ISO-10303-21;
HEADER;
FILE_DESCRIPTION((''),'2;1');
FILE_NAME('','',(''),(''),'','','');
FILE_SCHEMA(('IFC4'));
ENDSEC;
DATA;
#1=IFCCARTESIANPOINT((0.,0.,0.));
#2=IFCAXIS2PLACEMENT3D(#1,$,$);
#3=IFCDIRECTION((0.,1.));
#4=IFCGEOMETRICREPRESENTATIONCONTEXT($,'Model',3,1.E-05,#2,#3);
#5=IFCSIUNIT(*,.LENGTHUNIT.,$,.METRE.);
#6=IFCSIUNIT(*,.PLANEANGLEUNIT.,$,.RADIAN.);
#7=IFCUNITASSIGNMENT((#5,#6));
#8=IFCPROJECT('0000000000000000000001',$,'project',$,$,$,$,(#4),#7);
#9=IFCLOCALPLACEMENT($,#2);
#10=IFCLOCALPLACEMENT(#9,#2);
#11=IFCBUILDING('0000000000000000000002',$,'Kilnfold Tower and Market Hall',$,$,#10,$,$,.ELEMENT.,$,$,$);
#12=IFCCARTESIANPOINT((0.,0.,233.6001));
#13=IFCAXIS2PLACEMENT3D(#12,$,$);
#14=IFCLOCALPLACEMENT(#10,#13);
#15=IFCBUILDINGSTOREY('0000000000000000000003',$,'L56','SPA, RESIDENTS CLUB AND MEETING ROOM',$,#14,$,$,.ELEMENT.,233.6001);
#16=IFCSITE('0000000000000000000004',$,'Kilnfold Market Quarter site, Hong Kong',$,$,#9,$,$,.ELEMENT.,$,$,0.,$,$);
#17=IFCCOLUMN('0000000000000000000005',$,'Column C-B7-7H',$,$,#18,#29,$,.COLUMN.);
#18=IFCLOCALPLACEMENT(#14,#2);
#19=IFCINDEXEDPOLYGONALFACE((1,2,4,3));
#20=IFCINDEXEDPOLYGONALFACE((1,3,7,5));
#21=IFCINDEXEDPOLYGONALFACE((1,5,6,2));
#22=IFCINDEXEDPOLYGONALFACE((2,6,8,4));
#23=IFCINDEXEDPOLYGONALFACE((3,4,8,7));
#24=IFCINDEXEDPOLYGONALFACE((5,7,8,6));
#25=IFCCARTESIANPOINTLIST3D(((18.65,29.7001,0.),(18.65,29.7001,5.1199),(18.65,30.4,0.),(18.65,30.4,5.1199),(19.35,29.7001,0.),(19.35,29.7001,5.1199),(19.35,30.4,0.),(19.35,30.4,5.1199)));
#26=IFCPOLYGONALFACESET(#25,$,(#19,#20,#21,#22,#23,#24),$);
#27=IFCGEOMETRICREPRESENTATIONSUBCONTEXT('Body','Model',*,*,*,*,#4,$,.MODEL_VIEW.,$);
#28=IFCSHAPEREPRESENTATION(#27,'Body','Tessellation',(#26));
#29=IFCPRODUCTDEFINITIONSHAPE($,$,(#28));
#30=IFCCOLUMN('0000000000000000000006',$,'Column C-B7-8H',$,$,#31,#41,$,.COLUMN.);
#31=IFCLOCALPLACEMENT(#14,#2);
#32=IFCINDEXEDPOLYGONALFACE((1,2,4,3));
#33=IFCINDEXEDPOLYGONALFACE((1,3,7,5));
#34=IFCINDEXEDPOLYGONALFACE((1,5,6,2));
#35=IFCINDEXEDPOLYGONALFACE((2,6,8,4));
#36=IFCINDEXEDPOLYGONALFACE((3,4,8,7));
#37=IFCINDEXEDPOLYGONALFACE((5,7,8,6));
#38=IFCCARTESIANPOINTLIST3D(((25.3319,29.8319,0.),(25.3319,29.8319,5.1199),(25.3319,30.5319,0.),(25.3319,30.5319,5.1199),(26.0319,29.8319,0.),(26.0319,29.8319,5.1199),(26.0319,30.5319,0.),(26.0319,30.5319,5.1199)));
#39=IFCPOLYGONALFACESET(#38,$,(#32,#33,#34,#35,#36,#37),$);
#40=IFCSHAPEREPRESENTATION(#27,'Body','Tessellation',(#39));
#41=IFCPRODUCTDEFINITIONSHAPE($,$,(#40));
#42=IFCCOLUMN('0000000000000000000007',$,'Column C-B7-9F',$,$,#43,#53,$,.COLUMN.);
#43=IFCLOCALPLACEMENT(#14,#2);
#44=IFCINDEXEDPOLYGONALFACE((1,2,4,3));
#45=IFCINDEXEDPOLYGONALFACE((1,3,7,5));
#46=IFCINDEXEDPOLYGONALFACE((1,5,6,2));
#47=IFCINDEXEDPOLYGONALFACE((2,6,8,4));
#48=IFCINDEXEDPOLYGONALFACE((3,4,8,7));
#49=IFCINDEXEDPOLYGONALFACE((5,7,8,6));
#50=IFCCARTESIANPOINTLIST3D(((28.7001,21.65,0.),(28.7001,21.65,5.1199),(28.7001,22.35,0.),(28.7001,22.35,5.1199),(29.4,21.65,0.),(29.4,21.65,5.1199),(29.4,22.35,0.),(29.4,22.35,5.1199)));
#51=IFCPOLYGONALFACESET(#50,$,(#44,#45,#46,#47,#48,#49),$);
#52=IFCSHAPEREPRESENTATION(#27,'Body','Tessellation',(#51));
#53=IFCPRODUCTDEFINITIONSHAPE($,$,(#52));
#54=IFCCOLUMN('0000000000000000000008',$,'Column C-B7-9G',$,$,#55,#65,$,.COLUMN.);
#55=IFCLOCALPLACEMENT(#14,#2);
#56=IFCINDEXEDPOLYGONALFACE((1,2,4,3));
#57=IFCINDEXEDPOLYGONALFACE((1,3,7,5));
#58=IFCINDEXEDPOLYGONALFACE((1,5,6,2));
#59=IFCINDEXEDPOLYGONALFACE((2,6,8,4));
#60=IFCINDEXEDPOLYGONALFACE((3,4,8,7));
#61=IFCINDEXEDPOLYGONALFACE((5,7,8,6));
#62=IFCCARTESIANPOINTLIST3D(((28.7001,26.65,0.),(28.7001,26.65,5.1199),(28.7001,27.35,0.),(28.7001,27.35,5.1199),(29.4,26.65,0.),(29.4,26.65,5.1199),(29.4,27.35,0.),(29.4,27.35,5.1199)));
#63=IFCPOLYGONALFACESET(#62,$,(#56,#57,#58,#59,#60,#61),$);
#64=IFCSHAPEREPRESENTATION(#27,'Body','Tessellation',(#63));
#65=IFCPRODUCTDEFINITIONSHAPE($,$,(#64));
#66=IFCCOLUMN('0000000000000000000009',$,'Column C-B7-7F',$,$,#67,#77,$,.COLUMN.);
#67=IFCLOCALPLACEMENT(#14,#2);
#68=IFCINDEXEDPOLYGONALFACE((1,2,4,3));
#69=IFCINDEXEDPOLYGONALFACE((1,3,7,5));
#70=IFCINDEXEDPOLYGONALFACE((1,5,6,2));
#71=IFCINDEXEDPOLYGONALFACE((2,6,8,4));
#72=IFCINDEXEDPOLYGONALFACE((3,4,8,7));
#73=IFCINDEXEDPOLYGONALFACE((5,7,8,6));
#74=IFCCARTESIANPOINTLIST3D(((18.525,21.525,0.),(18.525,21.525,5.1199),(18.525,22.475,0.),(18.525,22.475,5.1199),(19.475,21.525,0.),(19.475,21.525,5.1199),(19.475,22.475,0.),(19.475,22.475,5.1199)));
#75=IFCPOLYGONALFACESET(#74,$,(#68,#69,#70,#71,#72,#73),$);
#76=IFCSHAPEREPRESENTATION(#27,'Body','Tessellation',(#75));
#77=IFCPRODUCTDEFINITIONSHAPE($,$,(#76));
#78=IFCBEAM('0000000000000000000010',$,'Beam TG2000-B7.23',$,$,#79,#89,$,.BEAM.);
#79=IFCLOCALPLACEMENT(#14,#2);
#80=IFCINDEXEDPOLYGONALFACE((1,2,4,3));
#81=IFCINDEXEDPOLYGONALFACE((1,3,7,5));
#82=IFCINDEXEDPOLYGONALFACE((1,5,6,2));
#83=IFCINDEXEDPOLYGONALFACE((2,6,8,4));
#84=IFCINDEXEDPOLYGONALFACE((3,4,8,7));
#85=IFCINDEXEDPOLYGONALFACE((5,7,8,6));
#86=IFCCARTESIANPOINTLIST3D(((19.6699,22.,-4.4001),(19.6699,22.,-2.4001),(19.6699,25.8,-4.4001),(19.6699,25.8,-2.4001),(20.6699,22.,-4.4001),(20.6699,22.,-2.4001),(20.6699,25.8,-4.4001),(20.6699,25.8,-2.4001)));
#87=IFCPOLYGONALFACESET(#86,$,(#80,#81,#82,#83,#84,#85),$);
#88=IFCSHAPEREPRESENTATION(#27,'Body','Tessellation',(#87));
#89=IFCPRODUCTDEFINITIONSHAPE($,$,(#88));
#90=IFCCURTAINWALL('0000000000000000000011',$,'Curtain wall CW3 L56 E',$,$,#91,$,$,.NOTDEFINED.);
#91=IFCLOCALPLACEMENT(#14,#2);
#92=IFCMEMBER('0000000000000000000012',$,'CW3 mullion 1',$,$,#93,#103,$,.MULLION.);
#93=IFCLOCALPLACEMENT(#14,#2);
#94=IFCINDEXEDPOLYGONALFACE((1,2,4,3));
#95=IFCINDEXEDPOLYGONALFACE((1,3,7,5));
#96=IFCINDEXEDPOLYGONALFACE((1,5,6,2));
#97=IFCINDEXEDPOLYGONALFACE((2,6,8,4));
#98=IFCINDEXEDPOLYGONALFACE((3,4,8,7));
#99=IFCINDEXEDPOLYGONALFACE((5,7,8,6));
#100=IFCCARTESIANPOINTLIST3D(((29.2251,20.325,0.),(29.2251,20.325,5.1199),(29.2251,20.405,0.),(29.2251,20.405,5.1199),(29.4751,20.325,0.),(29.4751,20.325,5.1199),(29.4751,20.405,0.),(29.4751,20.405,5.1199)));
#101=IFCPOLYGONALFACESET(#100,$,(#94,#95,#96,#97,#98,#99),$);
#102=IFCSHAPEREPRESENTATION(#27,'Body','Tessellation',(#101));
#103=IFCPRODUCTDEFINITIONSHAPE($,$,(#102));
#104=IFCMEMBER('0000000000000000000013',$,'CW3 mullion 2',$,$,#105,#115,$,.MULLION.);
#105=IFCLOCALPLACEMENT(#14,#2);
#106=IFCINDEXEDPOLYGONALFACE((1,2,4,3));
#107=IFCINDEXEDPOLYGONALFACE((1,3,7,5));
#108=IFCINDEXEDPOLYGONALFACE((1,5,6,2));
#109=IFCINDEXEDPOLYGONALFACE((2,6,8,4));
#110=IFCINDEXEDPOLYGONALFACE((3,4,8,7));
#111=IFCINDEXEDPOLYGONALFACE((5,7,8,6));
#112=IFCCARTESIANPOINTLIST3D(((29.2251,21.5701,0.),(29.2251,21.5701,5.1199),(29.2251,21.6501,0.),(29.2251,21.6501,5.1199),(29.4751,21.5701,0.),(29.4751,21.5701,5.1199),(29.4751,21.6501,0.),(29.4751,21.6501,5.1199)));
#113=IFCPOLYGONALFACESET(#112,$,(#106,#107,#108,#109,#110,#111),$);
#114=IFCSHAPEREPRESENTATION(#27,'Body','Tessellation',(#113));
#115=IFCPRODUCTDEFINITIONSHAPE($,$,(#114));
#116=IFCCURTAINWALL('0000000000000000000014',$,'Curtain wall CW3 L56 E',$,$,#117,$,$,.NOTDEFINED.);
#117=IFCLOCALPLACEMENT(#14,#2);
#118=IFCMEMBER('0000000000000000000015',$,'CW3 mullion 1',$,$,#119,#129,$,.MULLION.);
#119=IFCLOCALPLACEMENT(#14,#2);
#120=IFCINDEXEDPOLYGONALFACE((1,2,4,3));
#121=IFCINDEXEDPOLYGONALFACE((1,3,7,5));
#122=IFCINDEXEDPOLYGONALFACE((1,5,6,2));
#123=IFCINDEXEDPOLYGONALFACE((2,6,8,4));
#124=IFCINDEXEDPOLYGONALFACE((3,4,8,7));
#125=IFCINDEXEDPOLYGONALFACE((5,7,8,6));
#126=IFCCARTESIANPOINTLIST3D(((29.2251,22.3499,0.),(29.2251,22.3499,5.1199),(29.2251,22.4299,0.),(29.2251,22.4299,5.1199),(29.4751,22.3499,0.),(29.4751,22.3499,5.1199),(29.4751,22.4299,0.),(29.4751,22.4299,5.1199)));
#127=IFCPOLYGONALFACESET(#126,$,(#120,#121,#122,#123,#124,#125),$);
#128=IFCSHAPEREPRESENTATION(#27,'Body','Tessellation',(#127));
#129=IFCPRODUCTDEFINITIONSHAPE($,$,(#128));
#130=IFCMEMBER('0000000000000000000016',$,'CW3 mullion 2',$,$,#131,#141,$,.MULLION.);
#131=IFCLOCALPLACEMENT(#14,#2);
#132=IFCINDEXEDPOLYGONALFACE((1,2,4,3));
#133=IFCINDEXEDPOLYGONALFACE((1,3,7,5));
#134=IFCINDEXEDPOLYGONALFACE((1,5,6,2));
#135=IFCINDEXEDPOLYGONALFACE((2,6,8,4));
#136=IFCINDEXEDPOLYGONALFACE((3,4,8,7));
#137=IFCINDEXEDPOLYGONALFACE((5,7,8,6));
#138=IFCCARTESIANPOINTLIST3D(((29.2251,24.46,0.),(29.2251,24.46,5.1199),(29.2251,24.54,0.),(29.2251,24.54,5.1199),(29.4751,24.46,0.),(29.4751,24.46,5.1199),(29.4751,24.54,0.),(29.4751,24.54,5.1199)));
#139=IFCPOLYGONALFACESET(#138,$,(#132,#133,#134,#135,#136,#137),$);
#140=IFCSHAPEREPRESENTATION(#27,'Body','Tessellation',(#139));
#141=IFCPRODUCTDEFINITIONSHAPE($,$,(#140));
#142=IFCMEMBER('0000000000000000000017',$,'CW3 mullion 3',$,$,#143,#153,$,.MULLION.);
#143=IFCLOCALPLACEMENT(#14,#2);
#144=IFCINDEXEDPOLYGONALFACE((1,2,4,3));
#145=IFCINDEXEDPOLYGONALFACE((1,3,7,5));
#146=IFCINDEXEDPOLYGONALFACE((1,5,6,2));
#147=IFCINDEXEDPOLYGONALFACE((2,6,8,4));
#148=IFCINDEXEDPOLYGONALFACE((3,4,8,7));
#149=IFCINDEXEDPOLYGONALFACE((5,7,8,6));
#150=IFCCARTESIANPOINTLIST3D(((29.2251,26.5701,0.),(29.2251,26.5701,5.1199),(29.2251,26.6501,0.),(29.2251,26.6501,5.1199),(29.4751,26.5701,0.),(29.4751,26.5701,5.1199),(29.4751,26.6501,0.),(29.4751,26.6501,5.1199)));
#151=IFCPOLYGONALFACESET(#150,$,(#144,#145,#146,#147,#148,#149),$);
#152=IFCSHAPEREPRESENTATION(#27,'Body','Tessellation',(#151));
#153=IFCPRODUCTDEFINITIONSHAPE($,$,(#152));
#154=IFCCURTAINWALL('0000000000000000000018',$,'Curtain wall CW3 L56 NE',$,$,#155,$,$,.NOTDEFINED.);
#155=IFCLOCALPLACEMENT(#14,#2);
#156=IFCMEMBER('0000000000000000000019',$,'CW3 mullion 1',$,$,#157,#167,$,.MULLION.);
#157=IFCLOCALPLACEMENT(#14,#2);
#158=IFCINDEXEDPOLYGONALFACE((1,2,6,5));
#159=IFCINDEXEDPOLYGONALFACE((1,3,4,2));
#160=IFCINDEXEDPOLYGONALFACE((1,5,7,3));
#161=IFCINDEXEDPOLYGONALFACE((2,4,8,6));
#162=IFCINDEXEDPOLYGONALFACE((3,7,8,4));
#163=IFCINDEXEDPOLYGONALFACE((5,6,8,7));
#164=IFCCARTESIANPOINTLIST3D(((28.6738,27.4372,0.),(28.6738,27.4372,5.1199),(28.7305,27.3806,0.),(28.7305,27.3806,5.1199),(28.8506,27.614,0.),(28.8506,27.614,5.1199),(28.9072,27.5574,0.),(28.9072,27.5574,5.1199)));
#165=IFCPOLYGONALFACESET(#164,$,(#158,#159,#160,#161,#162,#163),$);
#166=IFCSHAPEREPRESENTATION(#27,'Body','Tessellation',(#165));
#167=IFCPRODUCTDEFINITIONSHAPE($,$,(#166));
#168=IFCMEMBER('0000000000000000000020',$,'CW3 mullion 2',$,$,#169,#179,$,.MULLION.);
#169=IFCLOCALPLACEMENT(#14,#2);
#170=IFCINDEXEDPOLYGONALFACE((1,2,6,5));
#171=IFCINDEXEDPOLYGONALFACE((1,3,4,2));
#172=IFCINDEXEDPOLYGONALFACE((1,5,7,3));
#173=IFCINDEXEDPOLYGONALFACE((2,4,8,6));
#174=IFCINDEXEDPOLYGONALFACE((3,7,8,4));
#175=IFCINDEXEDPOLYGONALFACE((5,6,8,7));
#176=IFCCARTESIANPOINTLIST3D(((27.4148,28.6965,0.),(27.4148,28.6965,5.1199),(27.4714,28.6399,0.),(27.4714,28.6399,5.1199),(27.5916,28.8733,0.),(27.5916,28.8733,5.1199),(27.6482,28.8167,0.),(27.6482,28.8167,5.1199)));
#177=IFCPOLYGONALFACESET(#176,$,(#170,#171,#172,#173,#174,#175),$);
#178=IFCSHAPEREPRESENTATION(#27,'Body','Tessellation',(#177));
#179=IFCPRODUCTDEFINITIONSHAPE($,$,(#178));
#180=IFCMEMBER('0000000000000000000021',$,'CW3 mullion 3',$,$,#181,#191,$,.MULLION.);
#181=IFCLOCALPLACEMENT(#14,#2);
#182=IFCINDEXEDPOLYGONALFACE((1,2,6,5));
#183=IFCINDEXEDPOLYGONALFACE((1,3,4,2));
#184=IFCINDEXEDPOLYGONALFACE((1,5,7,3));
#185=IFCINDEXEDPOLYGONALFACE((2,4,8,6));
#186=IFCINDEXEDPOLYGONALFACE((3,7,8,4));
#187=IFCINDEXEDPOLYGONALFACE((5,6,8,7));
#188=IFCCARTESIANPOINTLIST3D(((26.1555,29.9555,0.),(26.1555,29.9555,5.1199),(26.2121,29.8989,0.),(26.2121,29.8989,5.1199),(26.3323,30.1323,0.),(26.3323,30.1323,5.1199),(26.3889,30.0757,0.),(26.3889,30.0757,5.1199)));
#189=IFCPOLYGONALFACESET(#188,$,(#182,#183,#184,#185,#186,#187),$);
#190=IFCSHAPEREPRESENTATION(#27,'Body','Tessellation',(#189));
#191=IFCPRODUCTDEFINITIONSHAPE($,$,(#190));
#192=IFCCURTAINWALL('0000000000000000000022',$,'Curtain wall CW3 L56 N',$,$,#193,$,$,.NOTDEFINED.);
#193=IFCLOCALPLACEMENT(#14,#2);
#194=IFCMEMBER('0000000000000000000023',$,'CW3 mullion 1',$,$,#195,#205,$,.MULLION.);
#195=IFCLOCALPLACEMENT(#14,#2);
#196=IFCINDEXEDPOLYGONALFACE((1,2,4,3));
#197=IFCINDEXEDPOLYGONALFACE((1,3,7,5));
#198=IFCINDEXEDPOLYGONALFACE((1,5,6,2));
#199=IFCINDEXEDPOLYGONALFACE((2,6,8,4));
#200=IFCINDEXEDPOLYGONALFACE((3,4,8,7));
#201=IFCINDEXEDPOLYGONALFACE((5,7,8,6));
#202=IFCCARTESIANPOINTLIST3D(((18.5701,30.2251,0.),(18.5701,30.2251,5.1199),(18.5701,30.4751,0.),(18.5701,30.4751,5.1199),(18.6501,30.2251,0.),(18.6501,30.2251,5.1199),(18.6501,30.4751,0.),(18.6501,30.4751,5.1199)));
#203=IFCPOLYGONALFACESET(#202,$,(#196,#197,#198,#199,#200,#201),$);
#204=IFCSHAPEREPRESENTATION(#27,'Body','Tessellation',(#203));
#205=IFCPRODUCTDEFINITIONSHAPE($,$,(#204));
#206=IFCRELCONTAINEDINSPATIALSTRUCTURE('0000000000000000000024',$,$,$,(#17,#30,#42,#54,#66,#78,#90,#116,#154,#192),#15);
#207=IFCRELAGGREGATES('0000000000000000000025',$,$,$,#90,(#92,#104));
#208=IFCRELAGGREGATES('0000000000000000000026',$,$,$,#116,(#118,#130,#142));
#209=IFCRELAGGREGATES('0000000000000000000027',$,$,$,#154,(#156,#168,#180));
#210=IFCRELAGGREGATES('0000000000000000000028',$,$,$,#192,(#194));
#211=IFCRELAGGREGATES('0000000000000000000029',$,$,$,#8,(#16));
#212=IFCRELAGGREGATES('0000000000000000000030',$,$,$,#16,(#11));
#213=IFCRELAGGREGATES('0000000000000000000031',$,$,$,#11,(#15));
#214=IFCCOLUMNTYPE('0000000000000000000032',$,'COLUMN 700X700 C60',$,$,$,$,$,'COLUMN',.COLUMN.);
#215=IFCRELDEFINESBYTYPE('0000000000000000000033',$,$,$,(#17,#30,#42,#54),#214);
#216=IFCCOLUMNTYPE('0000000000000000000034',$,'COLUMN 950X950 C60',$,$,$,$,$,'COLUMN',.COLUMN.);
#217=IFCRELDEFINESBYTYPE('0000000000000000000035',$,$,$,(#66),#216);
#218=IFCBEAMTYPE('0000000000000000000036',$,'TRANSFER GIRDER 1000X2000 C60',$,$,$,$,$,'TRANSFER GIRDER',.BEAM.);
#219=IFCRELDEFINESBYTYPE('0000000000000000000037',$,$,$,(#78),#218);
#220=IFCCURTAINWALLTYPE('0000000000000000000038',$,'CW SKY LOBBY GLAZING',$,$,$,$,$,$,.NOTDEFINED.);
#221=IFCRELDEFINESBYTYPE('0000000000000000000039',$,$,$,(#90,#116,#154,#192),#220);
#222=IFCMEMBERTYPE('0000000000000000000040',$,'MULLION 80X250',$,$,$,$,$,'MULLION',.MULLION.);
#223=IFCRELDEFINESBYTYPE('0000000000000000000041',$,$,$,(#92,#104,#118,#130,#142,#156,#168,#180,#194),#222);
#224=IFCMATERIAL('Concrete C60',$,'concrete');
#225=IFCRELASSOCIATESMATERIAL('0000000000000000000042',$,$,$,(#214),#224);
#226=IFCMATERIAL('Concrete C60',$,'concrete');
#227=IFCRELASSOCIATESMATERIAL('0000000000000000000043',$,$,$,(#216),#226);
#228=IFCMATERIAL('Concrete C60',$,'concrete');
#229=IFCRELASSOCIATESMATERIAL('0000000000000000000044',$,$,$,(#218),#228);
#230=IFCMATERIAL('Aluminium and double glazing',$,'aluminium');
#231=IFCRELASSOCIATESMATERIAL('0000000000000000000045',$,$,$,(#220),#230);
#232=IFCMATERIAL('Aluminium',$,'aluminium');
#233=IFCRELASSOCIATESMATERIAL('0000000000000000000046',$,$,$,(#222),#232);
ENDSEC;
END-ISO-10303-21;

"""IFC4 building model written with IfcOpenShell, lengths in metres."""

from ifc_helpers import new_model, si_unit, direction, frame, origin, origin_2d, place, context, subcontext, project, spatial, rectangle, extrude, source, transform, mapped, material, material_profile, profile_set, type_object, element, aggregate, save


model = new_model("IFC4")

# Units and contexts
model_context = context("Model", 3, precision=1e-05, world=origin(), true_north=direction((0.0, 1.0)))
body_context = subcontext(model_context, "Body", "Model", "MODEL_VIEW")
ifc_project = project(units=[si_unit("LENGTHUNIT", "METRE"), si_unit("PLANEANGLEUNIT", "RADIAN")], contexts=[model_context])

# Site, building, storey
site_placement = place(None, origin())
site = spatial("IfcSite", under=ifc_project, at=site_placement, Name="Kilnfold Market Quarter site, Hong Kong", CompositionType="ELEMENT", RefElevation=0.0)
building_placement = place(site_placement, origin())
building = spatial("IfcBuilding", under=site, at=building_placement, Name="Kilnfold Tower and Market Hall", CompositionType="ELEMENT")
storey_placement = place(building_placement, frame((0.0, 0.0, 233.6001)))
storey = spatial("IfcBuildingStorey", under=building, at=storey_placement, Name="L56", Description="SPA, RESIDENTS CLUB AND MEETING ROOM", CompositionType="ELEMENT", Elevation=233.6001)

# Columns
ifc_material_1 = material(Name="Concrete C60", Category="concrete")
ifc_material_profile_1 = material_profile(ifc_material_1, rectangle(XDim=0.7, YDim=0.7, at=origin_2d()), Name="RC 700x700")
ifc_profile_set_1 = profile_set([ifc_material_profile_1], Name="Concrete C60")
column_type_1 = type_object("IfcColumnType", Name="COLUMN 700X700 C60", ElementType="COLUMN", PredefinedType="COLUMN", material=ifc_profile_set_1)
shared_shape_1 = source(origin(), body_context, "Body", "SweptSolid", [
    extrude(rectangle(XDim=0.7, YDim=0.7, at=origin_2d()), origin(), (0.0, 0.0, 1.0), 5.1199),
])
for number, where, z_axis, x_axis, name in (
    (1, (19.0, 30.05, 0.0), (0.0, 0.0, 1.0), (1.0, 0.0, 0.0), "Column C-B7-7H"),
    (2, (25.6819, 30.1819, 0.0), (0.0, 0.0, 1.0), (1.0, 0.0, 0.0), "Column C-B7-8H"),
    (3, (29.05, 22.0, 0.0), (0.0, 0.0, 1.0), (1.0, 0.0, 0.0), "Column C-B7-9F"),
    (4, (29.05, 27.0, 0.0), (0.0, 0.0, 1.0), (1.0, 0.0, 0.0), "Column C-B7-9G"),
):
    element("IfcColumn", number, at=place(storey_placement, frame(where, z_axis=z_axis, x_axis=x_axis)), inside=storey, type_object=column_type_1, Name=name, PredefinedType="COLUMN", context=body_context, shape_type="MappedRepresentation", body=[
        mapped(shared_shape_1, transform((0.0, 0.0, 0.0))),
    ])
ifc_material_2 = material(Name="Concrete C60", Category="concrete")
ifc_material_profile_2 = material_profile(ifc_material_2, rectangle(XDim=0.95, YDim=0.95, at=origin_2d()), Name="RC 950x950")
ifc_profile_set_2 = profile_set([ifc_material_profile_2], Name="Concrete C60")
column_type_2 = type_object("IfcColumnType", Name="COLUMN 950X950 C60", ElementType="COLUMN", PredefinedType="COLUMN", material=ifc_profile_set_2)
shared_shape_2 = source(origin(), body_context, "Body", "SweptSolid", [
    extrude(rectangle(XDim=0.95, YDim=0.95, at=origin_2d()), origin(), (0.0, 0.0, 1.0), 5.1199),
])
column_placement = place(storey_placement, frame((19.0, 22.0, 0.0), z_axis=(0.0, 0.0, 1.0), x_axis=(1.0, 0.0, 0.0)))
element("IfcColumn", 5, at=column_placement, inside=storey, type_object=column_type_2, Name="Column C-B7-7F", PredefinedType="COLUMN", context=body_context, shape_type="MappedRepresentation", body=[
    mapped(shared_shape_2, transform((0.0, 0.0, 0.0))),
])

# Beam
ifc_material_3 = material(Name="Concrete C60", Category="concrete")
ifc_material_profile_3 = material_profile(ifc_material_3, rectangle(XDim=1.0, YDim=2.0, at=origin_2d()), Name="RC 1000x2000")
ifc_profile_set_3 = profile_set([ifc_material_profile_3], Name="Concrete C60")
beam_type = type_object("IfcBeamType", Name="TRANSFER GIRDER 1000X2000 C60", ElementType="TRANSFER GIRDER", PredefinedType="BEAM", material=ifc_profile_set_3)
shared_shape_3 = source(origin(), body_context, "Body", "SweptSolid", [
    extrude(rectangle(XDim=1.0, YDim=2.0, at=origin_2d()), origin(), (0.0, 0.0, 1.0), 3.8),
])
beam_placement = place(storey_placement, frame((20.1699, 22.0, -3.4001), z_axis=(0.0, 1.0, 0.0), x_axis=(-1.0, 0.0, 0.0)))
element("IfcBeam", 6, at=beam_placement, inside=storey, type_object=beam_type, Name="Beam TG2000-B7.23", PredefinedType="BEAM", context=body_context, shape_type="MappedRepresentation", body=[
    mapped(shared_shape_3, transform((0.0, 0.0, 0.0))),
])

# Curtain walls, members
ifc_material_4 = material(Name="Aluminium and double glazing", Category="aluminium")
curtain_wall_type = type_object("IfcCurtainWallType", Name="CW SKY LOBBY GLAZING", PredefinedType="NOTDEFINED", material=ifc_material_4)
curtain_wall_1_placement = place(storey_placement, origin())
curtain_wall_1 = element("IfcCurtainWall", 7, at=curtain_wall_1_placement, inside=storey, type_object=curtain_wall_type, Name="Curtain wall CW3 L56 E", PredefinedType="NOTDEFINED")
ifc_material_5 = material(Name="Aluminium", Category="aluminium")
ifc_material_profile_4 = material_profile(ifc_material_5, rectangle(XDim=0.0801, YDim=0.25, at=origin_2d()), Name="MULLION 80x250")
ifc_profile_set_4 = profile_set([ifc_material_profile_4], Name="Aluminium")
member_type_1 = type_object("IfcMemberType", Name="MULLION 80X250", ElementType="MULLION", PredefinedType="MULLION", material=ifc_profile_set_4)
shared_shape_4 = source(origin(), body_context, "Body", "SweptSolid", [
    extrude(rectangle(XDim=0.0801, YDim=0.25, at=origin_2d()), origin(), (0.0, 0.0, 1.0), 5.1199),
])
member_1_placement = place(storey_placement, frame((29.3501, 20.365, 0.0), z_axis=(0.0, 0.0, 1.0), x_axis=(0.0, 1.0, 0.0)))
member_1 = element("IfcMember", 8, at=member_1_placement, type_object=member_type_1, Name="CW3 mullion 1", PredefinedType="MULLION", context=body_context, shape_type="MappedRepresentation", body=[
    mapped(shared_shape_4, transform((0.0, 0.0, 0.0))),
])
member_2_placement = place(storey_placement, frame((29.3501, 21.6101, 0.0), z_axis=(0.0, 0.0, 1.0), x_axis=(0.0, 1.0, 0.0)))
member_2 = element("IfcMember", 9, at=member_2_placement, type_object=member_type_1, Name="CW3 mullion 2", PredefinedType="MULLION", context=body_context, shape_type="MappedRepresentation", body=[
    mapped(shared_shape_4, transform((0.0, 0.0, 0.0))),
])
curtain_wall_2_placement = place(storey_placement, origin())
curtain_wall_2 = element("IfcCurtainWall", 10, at=curtain_wall_2_placement, inside=storey, type_object=curtain_wall_type, Name="Curtain wall CW3 L56 E", PredefinedType="NOTDEFINED")
member_3_placement = place(storey_placement, frame((29.3501, 22.3899, 0.0), z_axis=(0.0, 0.0, 1.0), x_axis=(0.0, 1.0, 0.0)))
member_3 = element("IfcMember", 11, at=member_3_placement, type_object=member_type_1, Name="CW3 mullion 1", PredefinedType="MULLION", context=body_context, shape_type="MappedRepresentation", body=[
    mapped(shared_shape_4, transform((0.0, 0.0, 0.0))),
])
member_4_placement = place(storey_placement, frame((29.3501, 24.5, 0.0), z_axis=(0.0, 0.0, 1.0), x_axis=(0.0, 1.0, 0.0)))
member_4 = element("IfcMember", 12, at=member_4_placement, type_object=member_type_1, Name="CW3 mullion 2", PredefinedType="MULLION", context=body_context, shape_type="MappedRepresentation", body=[
    mapped(shared_shape_4, transform((0.0, 0.0, 0.0))),
])
member_5_placement = place(storey_placement, frame((29.3501, 26.6101, 0.0), z_axis=(0.0, 0.0, 1.0), x_axis=(0.0, 1.0, 0.0)))
member_5 = element("IfcMember", 13, at=member_5_placement, type_object=member_type_1, Name="CW3 mullion 3", PredefinedType="MULLION", context=body_context, shape_type="MappedRepresentation", body=[
    mapped(shared_shape_4, transform((0.0, 0.0, 0.0))),
])
curtain_wall_3_placement = place(storey_placement, origin())
curtain_wall_3 = element("IfcCurtainWall", 14, at=curtain_wall_3_placement, inside=storey, type_object=curtain_wall_type, Name="Curtain wall CW3 L56 NE", PredefinedType="NOTDEFINED")
member_6_placement = place(storey_placement, frame((28.7905, 27.4973, 0.0), z_axis=(0.0, 0.0, 1.0), x_axis=(-0.707107, 0.707107, 0.0)))
member_6 = element("IfcMember", 15, at=member_6_placement, type_object=member_type_1, Name="CW3 mullion 1", PredefinedType="MULLION", context=body_context, shape_type="MappedRepresentation", body=[
    mapped(shared_shape_4, transform((0.0, 0.0, 0.0))),
])
member_7_placement = place(storey_placement, frame((27.5315, 28.7566, 0.0), z_axis=(0.0, 0.0, 1.0), x_axis=(-0.707107, 0.707107, 0.0)))
member_7 = element("IfcMember", 16, at=member_7_placement, type_object=member_type_1, Name="CW3 mullion 2", PredefinedType="MULLION", context=body_context, shape_type="MappedRepresentation", body=[
    mapped(shared_shape_4, transform((0.0, 0.0, 0.0))),
])
member_8_placement = place(storey_placement, frame((26.2722, 30.0156, 0.0), z_axis=(0.0, 0.0, 1.0), x_axis=(-0.707107, 0.707107, 0.0)))
member_8 = element("IfcMember", 17, at=member_8_placement, type_object=member_type_1, Name="CW3 mullion 3", PredefinedType="MULLION", context=body_context, shape_type="MappedRepresentation", body=[
    mapped(shared_shape_4, transform((0.0, 0.0, 0.0))),
])
curtain_wall_4_placement = place(storey_placement, origin())
curtain_wall_4 = element("IfcCurtainWall", 18, at=curtain_wall_4_placement, inside=storey, type_object=curtain_wall_type, Name="Curtain wall CW3 L56 N", PredefinedType="NOTDEFINED")
member_9_placement = place(storey_placement, frame((18.6101, 30.3501, 0.0), z_axis=(0.0, 0.0, 1.0), x_axis=(-1.0, 0.0, 0.0)))
member_9 = element("IfcMember", 19, at=member_9_placement, type_object=member_type_1, Name="CW3 mullion 1", PredefinedType="MULLION", context=body_context, shape_type="MappedRepresentation", body=[
    mapped(shared_shape_4, transform((0.0, 0.0, 0.0))),
])

aggregate(curtain_wall_1, [member_1, member_2])
aggregate(curtain_wall_2, [member_3, member_4, member_5])
aggregate(curtain_wall_3, [member_6, member_7, member_8])
aggregate(curtain_wall_4, [member_9])

save(model, "model.ifc")
